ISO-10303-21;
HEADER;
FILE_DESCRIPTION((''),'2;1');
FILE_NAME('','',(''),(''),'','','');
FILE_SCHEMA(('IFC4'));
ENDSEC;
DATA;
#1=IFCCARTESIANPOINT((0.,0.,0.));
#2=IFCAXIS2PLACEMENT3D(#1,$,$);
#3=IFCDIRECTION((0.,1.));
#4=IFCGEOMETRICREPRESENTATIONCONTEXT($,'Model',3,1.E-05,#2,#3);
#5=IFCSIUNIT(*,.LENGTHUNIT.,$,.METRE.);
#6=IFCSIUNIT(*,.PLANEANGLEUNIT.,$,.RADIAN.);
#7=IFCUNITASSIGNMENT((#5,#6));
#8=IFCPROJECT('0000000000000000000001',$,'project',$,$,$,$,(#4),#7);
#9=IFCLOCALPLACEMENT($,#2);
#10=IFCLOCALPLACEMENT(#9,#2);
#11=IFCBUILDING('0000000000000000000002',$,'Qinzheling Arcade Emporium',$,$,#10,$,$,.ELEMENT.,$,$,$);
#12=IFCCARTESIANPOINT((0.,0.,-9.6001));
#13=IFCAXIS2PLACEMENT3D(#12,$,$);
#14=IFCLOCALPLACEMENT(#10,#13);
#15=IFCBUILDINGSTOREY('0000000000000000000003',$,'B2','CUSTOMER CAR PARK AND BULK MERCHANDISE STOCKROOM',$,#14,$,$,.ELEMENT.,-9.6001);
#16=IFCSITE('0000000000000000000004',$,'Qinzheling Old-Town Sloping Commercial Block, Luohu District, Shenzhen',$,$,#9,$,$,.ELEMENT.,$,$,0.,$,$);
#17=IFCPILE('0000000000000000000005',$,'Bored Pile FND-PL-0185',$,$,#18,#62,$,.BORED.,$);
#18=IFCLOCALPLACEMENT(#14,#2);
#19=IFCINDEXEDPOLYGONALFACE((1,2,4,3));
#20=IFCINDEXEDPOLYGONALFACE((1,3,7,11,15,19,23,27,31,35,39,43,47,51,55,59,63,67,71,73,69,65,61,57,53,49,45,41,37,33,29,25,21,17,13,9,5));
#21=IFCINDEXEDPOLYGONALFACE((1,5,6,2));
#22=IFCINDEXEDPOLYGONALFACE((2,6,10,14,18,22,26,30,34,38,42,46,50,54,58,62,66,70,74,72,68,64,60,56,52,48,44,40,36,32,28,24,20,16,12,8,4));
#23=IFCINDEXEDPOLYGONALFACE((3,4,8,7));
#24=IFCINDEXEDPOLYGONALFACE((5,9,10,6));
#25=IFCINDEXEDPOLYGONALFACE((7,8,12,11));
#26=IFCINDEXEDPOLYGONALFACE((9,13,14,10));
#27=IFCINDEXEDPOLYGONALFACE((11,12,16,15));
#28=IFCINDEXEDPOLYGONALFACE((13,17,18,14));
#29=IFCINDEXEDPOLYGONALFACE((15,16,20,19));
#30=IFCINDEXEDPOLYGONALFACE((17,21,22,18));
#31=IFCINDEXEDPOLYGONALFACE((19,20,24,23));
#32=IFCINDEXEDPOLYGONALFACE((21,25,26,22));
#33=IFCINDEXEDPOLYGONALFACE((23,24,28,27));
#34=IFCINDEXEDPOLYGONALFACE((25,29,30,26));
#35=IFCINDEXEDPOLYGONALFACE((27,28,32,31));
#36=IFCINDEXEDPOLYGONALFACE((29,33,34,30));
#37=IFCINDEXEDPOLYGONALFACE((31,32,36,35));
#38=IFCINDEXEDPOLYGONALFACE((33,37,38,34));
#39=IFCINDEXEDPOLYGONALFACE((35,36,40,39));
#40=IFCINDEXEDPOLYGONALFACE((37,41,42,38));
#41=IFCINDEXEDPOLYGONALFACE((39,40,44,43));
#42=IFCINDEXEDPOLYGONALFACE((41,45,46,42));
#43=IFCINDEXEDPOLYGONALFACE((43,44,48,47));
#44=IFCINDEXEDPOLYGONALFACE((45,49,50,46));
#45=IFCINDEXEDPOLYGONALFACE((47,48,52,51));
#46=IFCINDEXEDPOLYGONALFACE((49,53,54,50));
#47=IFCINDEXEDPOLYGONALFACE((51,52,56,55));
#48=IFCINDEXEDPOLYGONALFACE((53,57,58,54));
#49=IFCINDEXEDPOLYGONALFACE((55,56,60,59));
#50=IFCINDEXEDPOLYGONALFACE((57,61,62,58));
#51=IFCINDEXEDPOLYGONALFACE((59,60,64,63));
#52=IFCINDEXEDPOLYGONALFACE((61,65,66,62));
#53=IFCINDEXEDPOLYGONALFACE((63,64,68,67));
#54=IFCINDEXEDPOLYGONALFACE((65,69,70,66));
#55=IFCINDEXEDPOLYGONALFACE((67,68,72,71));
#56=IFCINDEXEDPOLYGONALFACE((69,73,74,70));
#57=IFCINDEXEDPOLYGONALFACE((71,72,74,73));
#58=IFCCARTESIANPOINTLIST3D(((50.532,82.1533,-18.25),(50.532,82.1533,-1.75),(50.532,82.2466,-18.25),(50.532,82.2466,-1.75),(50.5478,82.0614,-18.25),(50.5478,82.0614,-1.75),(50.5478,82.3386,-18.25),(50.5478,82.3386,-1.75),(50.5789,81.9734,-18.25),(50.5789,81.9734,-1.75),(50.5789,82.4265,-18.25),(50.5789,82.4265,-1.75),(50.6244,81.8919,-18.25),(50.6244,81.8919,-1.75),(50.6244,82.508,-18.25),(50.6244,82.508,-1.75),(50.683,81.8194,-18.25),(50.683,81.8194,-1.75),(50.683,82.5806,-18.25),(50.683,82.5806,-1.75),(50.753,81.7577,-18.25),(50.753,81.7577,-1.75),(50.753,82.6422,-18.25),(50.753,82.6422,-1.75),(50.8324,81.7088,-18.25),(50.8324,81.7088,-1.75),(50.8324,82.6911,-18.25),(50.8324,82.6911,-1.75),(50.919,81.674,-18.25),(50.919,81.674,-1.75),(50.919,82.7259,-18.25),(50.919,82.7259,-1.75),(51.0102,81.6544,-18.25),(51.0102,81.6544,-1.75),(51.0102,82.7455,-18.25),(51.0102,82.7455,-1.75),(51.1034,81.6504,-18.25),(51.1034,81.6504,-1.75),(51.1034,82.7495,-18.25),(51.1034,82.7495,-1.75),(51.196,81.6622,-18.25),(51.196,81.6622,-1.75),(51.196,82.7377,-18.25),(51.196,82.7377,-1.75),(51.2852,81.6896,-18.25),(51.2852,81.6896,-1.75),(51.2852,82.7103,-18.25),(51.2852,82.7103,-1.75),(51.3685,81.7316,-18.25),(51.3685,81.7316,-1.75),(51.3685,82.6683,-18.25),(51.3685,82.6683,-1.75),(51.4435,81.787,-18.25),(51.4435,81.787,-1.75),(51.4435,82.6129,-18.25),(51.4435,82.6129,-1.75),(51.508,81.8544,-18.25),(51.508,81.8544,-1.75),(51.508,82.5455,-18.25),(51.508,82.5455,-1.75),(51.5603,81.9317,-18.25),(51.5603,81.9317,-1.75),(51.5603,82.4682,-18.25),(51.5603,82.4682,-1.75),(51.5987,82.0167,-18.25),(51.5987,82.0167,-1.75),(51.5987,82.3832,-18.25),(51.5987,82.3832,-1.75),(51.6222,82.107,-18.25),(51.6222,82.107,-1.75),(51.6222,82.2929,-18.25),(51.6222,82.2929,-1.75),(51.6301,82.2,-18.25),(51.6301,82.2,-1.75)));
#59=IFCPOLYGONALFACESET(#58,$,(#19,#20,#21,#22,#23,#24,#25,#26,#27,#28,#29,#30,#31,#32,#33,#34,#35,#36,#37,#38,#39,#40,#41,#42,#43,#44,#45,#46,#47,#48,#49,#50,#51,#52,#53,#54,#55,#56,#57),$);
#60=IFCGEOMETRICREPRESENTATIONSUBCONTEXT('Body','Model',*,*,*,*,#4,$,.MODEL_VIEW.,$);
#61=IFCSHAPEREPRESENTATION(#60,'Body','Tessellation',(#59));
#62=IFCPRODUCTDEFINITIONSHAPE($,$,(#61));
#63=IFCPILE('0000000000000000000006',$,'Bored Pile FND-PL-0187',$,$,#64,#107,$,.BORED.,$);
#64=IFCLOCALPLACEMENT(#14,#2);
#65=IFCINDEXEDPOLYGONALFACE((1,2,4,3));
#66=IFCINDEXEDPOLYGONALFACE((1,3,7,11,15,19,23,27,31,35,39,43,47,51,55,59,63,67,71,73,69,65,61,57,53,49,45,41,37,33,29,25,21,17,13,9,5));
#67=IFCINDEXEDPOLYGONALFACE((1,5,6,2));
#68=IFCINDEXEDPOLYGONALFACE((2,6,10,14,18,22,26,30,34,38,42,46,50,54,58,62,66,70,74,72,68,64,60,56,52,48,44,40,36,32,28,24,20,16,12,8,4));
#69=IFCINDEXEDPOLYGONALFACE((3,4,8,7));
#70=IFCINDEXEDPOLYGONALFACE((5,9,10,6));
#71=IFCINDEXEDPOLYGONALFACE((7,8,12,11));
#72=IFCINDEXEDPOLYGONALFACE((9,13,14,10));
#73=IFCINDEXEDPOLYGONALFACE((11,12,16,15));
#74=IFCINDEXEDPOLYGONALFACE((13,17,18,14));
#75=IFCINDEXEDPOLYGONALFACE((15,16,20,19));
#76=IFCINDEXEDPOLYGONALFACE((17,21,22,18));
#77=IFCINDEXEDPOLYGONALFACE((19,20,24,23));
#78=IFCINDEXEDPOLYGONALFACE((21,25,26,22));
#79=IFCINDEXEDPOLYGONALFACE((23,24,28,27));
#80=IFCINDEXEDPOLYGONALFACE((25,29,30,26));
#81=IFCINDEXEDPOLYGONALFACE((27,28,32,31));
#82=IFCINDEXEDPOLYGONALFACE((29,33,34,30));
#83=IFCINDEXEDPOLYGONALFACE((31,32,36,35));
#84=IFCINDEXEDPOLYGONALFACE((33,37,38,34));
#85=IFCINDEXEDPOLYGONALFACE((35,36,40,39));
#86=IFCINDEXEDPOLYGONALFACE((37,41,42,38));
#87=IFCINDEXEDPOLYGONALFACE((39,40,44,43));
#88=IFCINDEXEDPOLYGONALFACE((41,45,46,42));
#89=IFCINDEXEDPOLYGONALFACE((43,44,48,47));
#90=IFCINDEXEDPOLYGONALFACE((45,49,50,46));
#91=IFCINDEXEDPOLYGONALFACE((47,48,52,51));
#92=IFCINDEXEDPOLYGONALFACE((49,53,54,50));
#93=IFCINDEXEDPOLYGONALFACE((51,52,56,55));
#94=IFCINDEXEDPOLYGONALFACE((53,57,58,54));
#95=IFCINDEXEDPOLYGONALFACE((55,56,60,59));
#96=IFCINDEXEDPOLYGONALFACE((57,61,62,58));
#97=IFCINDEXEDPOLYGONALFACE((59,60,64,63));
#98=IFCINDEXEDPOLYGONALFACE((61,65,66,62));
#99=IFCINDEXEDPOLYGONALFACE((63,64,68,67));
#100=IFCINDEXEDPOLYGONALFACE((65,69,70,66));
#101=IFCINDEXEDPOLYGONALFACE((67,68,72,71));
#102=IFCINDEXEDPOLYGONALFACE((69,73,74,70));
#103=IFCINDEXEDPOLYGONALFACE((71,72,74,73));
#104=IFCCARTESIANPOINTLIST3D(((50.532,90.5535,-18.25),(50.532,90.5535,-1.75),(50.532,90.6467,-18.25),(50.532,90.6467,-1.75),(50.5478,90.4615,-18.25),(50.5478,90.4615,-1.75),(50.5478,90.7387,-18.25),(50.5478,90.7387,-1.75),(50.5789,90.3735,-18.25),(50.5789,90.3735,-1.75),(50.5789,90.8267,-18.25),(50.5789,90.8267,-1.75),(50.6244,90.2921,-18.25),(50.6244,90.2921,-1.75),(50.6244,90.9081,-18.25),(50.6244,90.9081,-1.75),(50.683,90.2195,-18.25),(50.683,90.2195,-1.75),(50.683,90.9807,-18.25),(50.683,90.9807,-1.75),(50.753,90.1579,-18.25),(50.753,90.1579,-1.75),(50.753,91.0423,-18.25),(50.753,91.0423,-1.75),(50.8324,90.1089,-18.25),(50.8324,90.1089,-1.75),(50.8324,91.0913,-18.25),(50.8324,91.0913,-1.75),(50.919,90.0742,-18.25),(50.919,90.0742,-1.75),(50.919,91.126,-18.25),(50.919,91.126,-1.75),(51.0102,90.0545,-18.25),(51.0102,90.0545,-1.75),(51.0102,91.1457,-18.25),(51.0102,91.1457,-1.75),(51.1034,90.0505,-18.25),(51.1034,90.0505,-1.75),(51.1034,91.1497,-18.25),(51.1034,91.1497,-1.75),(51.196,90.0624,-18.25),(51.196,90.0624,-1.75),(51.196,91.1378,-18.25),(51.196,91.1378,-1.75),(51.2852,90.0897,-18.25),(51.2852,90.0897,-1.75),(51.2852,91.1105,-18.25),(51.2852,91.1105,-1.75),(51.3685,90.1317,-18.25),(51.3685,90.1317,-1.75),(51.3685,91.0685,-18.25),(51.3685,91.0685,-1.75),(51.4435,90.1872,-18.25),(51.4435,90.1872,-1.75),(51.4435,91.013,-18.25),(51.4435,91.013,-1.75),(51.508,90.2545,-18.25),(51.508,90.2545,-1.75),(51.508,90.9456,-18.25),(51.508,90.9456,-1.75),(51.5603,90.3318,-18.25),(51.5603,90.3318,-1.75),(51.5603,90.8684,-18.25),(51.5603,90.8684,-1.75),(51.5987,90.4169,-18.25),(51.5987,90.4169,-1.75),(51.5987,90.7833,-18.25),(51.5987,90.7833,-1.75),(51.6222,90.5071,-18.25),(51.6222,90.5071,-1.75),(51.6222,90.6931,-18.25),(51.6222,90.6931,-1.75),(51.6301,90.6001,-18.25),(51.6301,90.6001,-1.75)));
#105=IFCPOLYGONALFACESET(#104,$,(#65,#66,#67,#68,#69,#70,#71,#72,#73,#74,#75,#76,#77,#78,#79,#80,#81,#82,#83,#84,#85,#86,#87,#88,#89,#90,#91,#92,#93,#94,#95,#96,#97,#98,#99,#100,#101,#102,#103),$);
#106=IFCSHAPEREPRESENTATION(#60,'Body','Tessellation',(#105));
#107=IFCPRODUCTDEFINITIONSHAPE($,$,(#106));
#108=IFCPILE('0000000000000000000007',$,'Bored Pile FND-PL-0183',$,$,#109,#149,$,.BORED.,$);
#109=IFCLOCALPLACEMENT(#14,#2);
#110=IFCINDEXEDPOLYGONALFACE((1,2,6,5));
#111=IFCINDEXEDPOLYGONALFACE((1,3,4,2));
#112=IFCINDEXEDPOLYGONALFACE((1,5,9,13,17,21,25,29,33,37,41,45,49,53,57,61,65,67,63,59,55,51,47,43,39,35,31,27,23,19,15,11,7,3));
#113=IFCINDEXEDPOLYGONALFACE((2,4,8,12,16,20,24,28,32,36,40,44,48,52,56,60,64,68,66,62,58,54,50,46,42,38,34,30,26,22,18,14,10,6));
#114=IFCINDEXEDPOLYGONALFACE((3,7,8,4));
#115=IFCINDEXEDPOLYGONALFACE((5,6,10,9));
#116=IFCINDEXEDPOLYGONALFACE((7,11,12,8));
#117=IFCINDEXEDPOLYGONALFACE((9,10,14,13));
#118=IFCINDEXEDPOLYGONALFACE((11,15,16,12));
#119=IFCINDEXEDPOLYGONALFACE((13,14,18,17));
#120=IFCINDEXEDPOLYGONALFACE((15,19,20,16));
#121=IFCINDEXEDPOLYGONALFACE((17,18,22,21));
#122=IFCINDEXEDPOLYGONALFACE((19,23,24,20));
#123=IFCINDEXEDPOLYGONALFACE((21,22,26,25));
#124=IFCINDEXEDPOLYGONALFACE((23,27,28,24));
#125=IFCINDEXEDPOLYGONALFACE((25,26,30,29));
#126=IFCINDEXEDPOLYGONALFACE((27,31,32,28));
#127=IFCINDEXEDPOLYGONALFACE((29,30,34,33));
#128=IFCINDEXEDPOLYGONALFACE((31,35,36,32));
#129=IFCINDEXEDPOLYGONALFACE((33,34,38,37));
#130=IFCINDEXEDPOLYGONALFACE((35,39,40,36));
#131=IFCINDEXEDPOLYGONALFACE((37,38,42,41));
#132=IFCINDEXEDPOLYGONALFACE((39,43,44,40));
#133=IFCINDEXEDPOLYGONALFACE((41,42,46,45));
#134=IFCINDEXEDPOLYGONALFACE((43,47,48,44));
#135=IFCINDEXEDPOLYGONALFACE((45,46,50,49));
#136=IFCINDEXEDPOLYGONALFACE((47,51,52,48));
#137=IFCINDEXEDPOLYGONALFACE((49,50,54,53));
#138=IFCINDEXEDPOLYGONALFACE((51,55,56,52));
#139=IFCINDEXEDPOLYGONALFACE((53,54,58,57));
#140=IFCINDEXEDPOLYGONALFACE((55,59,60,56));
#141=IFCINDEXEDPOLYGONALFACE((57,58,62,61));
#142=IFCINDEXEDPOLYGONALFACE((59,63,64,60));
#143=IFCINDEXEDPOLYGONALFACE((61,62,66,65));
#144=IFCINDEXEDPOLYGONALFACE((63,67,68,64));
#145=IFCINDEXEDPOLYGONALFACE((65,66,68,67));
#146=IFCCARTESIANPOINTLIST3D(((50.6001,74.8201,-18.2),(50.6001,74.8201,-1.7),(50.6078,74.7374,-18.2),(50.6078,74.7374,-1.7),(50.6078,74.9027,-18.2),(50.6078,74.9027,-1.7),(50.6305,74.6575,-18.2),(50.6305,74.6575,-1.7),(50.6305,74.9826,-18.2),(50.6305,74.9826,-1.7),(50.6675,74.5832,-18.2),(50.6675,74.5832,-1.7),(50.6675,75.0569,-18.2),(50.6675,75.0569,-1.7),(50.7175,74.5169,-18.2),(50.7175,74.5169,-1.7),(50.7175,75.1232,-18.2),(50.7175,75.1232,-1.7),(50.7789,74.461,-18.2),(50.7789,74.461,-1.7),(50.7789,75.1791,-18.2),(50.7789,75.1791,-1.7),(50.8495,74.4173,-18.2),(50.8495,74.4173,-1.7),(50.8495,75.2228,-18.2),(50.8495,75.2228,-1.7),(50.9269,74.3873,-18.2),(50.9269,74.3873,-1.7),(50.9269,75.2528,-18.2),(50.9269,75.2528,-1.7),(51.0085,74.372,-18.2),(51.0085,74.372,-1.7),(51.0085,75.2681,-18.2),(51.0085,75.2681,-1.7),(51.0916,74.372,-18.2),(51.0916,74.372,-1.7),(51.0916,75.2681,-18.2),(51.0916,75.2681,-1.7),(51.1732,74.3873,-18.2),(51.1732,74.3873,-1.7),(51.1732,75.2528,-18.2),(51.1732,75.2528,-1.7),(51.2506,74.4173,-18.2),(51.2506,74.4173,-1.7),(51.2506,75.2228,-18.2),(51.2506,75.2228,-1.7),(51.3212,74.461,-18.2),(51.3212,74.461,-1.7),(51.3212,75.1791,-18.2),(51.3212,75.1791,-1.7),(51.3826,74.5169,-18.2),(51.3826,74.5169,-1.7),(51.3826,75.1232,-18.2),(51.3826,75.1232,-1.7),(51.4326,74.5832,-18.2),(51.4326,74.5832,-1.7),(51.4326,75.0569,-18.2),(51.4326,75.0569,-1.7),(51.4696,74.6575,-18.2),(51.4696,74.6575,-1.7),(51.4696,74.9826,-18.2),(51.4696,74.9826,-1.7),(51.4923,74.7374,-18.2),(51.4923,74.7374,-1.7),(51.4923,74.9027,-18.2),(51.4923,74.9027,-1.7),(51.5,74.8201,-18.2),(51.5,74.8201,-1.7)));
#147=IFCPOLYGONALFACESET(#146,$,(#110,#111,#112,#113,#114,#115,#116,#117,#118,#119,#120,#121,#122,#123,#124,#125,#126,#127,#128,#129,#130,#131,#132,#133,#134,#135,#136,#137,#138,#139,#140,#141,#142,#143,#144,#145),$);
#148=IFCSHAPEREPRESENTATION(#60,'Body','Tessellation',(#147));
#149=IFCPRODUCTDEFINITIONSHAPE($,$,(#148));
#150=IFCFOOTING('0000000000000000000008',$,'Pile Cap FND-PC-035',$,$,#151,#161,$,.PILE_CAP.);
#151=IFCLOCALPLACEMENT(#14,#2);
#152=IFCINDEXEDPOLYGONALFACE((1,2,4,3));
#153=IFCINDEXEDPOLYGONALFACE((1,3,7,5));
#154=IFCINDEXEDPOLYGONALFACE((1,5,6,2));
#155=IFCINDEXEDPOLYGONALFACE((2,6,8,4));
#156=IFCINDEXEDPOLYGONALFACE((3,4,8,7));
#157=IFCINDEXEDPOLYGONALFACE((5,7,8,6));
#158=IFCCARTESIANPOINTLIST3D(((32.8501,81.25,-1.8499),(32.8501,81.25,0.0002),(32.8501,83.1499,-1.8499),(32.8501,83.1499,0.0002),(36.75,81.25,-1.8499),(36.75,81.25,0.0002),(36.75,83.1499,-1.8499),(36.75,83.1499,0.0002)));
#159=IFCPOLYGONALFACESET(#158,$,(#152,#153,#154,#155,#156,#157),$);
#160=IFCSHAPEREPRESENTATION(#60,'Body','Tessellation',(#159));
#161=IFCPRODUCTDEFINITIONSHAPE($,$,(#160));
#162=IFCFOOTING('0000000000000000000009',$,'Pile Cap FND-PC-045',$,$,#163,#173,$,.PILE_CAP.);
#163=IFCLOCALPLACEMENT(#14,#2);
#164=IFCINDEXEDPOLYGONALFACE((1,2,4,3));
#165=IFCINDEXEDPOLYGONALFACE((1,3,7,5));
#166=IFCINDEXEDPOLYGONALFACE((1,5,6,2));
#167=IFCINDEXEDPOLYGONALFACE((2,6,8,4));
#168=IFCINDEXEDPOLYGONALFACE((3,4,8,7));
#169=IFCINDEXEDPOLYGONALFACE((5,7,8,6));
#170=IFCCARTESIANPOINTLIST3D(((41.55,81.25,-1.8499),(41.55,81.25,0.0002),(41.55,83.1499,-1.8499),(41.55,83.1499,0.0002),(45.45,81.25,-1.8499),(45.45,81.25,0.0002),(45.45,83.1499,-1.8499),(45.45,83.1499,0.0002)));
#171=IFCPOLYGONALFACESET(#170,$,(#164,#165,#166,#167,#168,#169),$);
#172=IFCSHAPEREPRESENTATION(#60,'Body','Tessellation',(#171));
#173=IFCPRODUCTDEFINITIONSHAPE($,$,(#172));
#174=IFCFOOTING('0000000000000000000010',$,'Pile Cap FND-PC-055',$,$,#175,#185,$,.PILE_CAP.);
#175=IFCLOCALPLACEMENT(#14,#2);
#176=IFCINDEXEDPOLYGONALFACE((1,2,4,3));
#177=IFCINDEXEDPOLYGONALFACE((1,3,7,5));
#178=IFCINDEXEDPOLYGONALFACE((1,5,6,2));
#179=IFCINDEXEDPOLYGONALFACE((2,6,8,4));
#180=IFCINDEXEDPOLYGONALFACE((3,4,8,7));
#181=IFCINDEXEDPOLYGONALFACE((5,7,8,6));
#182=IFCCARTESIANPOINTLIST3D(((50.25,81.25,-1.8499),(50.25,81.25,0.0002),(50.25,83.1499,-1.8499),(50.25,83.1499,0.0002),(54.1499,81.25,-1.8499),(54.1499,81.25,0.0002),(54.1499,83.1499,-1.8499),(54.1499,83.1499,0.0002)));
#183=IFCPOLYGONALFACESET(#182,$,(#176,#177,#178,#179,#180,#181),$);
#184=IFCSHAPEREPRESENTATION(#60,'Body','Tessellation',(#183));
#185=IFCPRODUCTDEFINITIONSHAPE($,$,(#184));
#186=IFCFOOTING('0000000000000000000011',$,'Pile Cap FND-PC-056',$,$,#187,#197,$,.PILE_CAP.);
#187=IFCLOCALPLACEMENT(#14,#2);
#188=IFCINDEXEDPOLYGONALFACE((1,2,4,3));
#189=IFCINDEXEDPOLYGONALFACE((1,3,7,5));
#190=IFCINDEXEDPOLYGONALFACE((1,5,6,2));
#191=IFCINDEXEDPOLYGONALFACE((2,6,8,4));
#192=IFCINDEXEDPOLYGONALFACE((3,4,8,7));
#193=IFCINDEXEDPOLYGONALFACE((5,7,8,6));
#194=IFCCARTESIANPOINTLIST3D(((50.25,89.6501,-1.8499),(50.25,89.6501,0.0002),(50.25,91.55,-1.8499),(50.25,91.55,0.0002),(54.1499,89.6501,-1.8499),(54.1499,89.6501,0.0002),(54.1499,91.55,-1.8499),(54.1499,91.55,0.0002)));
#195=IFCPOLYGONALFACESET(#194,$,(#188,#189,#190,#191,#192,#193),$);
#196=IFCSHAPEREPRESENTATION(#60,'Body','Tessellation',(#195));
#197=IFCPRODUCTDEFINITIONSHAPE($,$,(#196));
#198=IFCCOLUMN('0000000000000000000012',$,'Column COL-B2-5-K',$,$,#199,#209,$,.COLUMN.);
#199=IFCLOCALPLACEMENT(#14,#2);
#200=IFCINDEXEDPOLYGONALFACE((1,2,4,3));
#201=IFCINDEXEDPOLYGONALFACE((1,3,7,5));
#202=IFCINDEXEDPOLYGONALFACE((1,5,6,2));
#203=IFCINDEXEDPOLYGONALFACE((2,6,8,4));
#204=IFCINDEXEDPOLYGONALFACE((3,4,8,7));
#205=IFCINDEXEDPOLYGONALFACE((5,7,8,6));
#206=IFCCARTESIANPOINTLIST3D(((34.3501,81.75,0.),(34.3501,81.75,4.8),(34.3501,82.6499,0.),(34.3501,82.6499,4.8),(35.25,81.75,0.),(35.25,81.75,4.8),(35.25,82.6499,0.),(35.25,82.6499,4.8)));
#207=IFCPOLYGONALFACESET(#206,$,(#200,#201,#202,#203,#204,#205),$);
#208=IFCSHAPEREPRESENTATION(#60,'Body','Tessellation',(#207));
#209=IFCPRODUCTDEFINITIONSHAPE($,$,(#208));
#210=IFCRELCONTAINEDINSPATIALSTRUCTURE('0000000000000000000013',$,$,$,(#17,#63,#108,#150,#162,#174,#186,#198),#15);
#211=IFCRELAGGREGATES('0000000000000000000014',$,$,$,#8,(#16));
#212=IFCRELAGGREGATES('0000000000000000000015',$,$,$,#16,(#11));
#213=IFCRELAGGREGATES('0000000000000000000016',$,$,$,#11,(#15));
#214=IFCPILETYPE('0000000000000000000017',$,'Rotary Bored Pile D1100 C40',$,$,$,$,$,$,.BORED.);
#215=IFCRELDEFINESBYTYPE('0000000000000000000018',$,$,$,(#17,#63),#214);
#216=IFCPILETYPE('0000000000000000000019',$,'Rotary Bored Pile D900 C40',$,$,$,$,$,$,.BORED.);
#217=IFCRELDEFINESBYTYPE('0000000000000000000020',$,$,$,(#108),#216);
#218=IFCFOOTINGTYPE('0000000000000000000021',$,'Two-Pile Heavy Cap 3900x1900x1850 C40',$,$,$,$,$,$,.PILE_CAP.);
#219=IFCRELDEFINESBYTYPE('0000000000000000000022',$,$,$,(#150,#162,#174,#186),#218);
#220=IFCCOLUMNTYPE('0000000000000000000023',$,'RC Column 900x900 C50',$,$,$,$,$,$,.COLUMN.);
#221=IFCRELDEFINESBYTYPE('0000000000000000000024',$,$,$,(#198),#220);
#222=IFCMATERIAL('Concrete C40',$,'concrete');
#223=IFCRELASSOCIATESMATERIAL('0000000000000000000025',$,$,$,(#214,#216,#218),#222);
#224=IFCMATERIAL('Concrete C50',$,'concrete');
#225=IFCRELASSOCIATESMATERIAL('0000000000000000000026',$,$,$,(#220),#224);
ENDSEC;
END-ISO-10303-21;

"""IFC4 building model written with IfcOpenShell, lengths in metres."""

from ifc_helpers import new_model, si_unit, direction, frame, origin, origin_2d, place, context, subcontext, project, spatial, rectangle, circle, extrude, material, material_profile, profile_set, type_object, element, save


model = new_model("IFC4")

# Units and contexts
model_context = context("Model", 3, precision=1e-05, world=origin(), true_north=direction((0.0, 1.0)))
body_context = subcontext(model_context, "Body", "Model", "MODEL_VIEW")
ifc_project = project(units=[si_unit("LENGTHUNIT", "METRE"), si_unit("PLANEANGLEUNIT", "RADIAN")], contexts=[model_context])

# Site, building, storey
site_placement = place(None, origin())
site = spatial("IfcSite", under=ifc_project, at=site_placement, Name="Qinzheling Old-Town Sloping Commercial Block, Luohu District, Shenzhen", CompositionType="ELEMENT", RefElevation=0.0)
building_placement = place(site_placement, origin())
building = spatial("IfcBuilding", under=site, at=building_placement, Name="Qinzheling Arcade Emporium", CompositionType="ELEMENT")
storey_placement = place(building_placement, frame((0.0, 0.0, -9.6001)))
storey = spatial("IfcBuildingStorey", under=building, at=storey_placement, Name="B2", Description="CUSTOMER CAR PARK AND BULK MERCHANDISE STOCKROOM", CompositionType="ELEMENT", Elevation=-9.6001)

# Shared definitions
ifc_material_1 = material(Name="Concrete C40", Category="concrete")

# Piles
ifc_material_profile_1 = material_profile(ifc_material_1, circle(Radius=0.55, at=origin_2d()), Name="BORED D1100", Category="concrete")
ifc_profile_set_1 = profile_set([ifc_material_profile_1], Name="Concrete C40")
pile_type_1 = type_object("IfcPileType", Name="Rotary Bored Pile D1100 C40", PredefinedType="BORED", material=ifc_profile_set_1)
for number, where, z_axis, x_axis, name in (
    (1, (51.0801, 82.2, -1.75), (0.0, 0.0, -1.0), (1.0, 0.0, 0.0), "Bored Pile FND-PL-0185"),
    (2, (51.0801, 90.6001, -1.75), (0.0, 0.0, -1.0), (1.0, 0.0, 0.0), "Bored Pile FND-PL-0187"),
):
    element("IfcPile", number, at=place(storey_placement, frame(where, z_axis=z_axis, x_axis=x_axis)), inside=storey, type_object=pile_type_1, Name=name, PredefinedType="BORED", context=body_context, shape_type="SweptSolid", body=[
        extrude(circle(Radius=0.55, at=origin_2d()), origin(), (0.0, 0.0, 1.0), 16.5),
    ])
ifc_material_profile_2 = material_profile(ifc_material_1, circle(Radius=0.45, at=origin_2d()), Name="BORED D900", Category="concrete")
ifc_profile_set_2 = profile_set([ifc_material_profile_2], Name="Concrete C40")
pile_type_2 = type_object("IfcPileType", Name="Rotary Bored Pile D900 C40", PredefinedType="BORED", material=ifc_profile_set_2)
pile_1_placement = place(storey_placement, frame((51.05, 74.8201, -1.7), z_axis=(0.0, 0.0, -1.0), x_axis=(1.0, 0.0, 0.0)))
element("IfcPile", 3, at=pile_1_placement, inside=storey, type_object=pile_type_2, Name="Bored Pile FND-PL-0183", PredefinedType="BORED", context=body_context, shape_type="SweptSolid", body=[
    extrude(circle(Radius=0.45, at=origin_2d()), origin(), (0.0, 0.0, 1.0), 16.5),
])

# Footings
footing_type_1 = type_object("IfcFootingType", Name="Two-Pile Heavy Cap 3900x1900x1850 C40", PredefinedType="PILE_CAP", material=ifc_material_1)
for number, where, z_axis, x_axis, name in (
    (4, (34.8, 82.2, -1.8499), (0.0, 0.0, 1.0), (1.0, 0.0, 0.0), "Pile Cap FND-PC-035"),
    (5, (43.5, 82.2, -1.8499), (0.0, 0.0, 1.0), (1.0, 0.0, 0.0), "Pile Cap FND-PC-045"),
    (6, (52.2, 82.2, -1.8499), (0.0, 0.0, 1.0), (1.0, 0.0, 0.0), "Pile Cap FND-PC-055"),
    (7, (52.2, 90.6001, -1.8499), (0.0, 0.0, 1.0), (1.0, 0.0, 0.0), "Pile Cap FND-PC-056"),
):
    element("IfcFooting", number, at=place(storey_placement, frame(where, z_axis=z_axis, x_axis=x_axis)), inside=storey, type_object=footing_type_1, Name=name, PredefinedType="PILE_CAP", context=body_context, shape_type="SweptSolid", body=[
        extrude(rectangle(XDim=3.8999, YDim=1.8999, at=origin_2d()), origin(), (0.0, 0.0, 1.0), 1.8501),
    ])

# Column
ifc_material_2 = material(Name="Concrete C50", Category="concrete")
ifc_material_profile_3 = material_profile(ifc_material_2, rectangle(XDim=0.8999, YDim=0.8999, at=origin_2d()), Name="RC 900x900", Category="concrete")
ifc_profile_set_3 = profile_set([ifc_material_profile_3], Name="Concrete C50")
column_type = type_object("IfcColumnType", Name="RC Column 900x900 C50", PredefinedType="COLUMN", material=ifc_profile_set_3)
for number, where, z_axis, x_axis, name in (
    (8, (34.8, 82.2, 0.0), (0.0, 0.0, 1.0), (1.0, 0.0, 0.0), "Column COL-B2-5-K"),
):
    element("IfcColumn", number, at=place(storey_placement, frame(where, z_axis=z_axis, x_axis=x_axis)), inside=storey, type_object=column_type, Name=name, PredefinedType="COLUMN", context=body_context, shape_type="SweptSolid", body=[
        extrude(rectangle(XDim=0.8999, YDim=0.8999, at=origin_2d()), origin(), (0.0, 0.0, 1.0), 4.8),
    ])

save(model, "model.ifc")
